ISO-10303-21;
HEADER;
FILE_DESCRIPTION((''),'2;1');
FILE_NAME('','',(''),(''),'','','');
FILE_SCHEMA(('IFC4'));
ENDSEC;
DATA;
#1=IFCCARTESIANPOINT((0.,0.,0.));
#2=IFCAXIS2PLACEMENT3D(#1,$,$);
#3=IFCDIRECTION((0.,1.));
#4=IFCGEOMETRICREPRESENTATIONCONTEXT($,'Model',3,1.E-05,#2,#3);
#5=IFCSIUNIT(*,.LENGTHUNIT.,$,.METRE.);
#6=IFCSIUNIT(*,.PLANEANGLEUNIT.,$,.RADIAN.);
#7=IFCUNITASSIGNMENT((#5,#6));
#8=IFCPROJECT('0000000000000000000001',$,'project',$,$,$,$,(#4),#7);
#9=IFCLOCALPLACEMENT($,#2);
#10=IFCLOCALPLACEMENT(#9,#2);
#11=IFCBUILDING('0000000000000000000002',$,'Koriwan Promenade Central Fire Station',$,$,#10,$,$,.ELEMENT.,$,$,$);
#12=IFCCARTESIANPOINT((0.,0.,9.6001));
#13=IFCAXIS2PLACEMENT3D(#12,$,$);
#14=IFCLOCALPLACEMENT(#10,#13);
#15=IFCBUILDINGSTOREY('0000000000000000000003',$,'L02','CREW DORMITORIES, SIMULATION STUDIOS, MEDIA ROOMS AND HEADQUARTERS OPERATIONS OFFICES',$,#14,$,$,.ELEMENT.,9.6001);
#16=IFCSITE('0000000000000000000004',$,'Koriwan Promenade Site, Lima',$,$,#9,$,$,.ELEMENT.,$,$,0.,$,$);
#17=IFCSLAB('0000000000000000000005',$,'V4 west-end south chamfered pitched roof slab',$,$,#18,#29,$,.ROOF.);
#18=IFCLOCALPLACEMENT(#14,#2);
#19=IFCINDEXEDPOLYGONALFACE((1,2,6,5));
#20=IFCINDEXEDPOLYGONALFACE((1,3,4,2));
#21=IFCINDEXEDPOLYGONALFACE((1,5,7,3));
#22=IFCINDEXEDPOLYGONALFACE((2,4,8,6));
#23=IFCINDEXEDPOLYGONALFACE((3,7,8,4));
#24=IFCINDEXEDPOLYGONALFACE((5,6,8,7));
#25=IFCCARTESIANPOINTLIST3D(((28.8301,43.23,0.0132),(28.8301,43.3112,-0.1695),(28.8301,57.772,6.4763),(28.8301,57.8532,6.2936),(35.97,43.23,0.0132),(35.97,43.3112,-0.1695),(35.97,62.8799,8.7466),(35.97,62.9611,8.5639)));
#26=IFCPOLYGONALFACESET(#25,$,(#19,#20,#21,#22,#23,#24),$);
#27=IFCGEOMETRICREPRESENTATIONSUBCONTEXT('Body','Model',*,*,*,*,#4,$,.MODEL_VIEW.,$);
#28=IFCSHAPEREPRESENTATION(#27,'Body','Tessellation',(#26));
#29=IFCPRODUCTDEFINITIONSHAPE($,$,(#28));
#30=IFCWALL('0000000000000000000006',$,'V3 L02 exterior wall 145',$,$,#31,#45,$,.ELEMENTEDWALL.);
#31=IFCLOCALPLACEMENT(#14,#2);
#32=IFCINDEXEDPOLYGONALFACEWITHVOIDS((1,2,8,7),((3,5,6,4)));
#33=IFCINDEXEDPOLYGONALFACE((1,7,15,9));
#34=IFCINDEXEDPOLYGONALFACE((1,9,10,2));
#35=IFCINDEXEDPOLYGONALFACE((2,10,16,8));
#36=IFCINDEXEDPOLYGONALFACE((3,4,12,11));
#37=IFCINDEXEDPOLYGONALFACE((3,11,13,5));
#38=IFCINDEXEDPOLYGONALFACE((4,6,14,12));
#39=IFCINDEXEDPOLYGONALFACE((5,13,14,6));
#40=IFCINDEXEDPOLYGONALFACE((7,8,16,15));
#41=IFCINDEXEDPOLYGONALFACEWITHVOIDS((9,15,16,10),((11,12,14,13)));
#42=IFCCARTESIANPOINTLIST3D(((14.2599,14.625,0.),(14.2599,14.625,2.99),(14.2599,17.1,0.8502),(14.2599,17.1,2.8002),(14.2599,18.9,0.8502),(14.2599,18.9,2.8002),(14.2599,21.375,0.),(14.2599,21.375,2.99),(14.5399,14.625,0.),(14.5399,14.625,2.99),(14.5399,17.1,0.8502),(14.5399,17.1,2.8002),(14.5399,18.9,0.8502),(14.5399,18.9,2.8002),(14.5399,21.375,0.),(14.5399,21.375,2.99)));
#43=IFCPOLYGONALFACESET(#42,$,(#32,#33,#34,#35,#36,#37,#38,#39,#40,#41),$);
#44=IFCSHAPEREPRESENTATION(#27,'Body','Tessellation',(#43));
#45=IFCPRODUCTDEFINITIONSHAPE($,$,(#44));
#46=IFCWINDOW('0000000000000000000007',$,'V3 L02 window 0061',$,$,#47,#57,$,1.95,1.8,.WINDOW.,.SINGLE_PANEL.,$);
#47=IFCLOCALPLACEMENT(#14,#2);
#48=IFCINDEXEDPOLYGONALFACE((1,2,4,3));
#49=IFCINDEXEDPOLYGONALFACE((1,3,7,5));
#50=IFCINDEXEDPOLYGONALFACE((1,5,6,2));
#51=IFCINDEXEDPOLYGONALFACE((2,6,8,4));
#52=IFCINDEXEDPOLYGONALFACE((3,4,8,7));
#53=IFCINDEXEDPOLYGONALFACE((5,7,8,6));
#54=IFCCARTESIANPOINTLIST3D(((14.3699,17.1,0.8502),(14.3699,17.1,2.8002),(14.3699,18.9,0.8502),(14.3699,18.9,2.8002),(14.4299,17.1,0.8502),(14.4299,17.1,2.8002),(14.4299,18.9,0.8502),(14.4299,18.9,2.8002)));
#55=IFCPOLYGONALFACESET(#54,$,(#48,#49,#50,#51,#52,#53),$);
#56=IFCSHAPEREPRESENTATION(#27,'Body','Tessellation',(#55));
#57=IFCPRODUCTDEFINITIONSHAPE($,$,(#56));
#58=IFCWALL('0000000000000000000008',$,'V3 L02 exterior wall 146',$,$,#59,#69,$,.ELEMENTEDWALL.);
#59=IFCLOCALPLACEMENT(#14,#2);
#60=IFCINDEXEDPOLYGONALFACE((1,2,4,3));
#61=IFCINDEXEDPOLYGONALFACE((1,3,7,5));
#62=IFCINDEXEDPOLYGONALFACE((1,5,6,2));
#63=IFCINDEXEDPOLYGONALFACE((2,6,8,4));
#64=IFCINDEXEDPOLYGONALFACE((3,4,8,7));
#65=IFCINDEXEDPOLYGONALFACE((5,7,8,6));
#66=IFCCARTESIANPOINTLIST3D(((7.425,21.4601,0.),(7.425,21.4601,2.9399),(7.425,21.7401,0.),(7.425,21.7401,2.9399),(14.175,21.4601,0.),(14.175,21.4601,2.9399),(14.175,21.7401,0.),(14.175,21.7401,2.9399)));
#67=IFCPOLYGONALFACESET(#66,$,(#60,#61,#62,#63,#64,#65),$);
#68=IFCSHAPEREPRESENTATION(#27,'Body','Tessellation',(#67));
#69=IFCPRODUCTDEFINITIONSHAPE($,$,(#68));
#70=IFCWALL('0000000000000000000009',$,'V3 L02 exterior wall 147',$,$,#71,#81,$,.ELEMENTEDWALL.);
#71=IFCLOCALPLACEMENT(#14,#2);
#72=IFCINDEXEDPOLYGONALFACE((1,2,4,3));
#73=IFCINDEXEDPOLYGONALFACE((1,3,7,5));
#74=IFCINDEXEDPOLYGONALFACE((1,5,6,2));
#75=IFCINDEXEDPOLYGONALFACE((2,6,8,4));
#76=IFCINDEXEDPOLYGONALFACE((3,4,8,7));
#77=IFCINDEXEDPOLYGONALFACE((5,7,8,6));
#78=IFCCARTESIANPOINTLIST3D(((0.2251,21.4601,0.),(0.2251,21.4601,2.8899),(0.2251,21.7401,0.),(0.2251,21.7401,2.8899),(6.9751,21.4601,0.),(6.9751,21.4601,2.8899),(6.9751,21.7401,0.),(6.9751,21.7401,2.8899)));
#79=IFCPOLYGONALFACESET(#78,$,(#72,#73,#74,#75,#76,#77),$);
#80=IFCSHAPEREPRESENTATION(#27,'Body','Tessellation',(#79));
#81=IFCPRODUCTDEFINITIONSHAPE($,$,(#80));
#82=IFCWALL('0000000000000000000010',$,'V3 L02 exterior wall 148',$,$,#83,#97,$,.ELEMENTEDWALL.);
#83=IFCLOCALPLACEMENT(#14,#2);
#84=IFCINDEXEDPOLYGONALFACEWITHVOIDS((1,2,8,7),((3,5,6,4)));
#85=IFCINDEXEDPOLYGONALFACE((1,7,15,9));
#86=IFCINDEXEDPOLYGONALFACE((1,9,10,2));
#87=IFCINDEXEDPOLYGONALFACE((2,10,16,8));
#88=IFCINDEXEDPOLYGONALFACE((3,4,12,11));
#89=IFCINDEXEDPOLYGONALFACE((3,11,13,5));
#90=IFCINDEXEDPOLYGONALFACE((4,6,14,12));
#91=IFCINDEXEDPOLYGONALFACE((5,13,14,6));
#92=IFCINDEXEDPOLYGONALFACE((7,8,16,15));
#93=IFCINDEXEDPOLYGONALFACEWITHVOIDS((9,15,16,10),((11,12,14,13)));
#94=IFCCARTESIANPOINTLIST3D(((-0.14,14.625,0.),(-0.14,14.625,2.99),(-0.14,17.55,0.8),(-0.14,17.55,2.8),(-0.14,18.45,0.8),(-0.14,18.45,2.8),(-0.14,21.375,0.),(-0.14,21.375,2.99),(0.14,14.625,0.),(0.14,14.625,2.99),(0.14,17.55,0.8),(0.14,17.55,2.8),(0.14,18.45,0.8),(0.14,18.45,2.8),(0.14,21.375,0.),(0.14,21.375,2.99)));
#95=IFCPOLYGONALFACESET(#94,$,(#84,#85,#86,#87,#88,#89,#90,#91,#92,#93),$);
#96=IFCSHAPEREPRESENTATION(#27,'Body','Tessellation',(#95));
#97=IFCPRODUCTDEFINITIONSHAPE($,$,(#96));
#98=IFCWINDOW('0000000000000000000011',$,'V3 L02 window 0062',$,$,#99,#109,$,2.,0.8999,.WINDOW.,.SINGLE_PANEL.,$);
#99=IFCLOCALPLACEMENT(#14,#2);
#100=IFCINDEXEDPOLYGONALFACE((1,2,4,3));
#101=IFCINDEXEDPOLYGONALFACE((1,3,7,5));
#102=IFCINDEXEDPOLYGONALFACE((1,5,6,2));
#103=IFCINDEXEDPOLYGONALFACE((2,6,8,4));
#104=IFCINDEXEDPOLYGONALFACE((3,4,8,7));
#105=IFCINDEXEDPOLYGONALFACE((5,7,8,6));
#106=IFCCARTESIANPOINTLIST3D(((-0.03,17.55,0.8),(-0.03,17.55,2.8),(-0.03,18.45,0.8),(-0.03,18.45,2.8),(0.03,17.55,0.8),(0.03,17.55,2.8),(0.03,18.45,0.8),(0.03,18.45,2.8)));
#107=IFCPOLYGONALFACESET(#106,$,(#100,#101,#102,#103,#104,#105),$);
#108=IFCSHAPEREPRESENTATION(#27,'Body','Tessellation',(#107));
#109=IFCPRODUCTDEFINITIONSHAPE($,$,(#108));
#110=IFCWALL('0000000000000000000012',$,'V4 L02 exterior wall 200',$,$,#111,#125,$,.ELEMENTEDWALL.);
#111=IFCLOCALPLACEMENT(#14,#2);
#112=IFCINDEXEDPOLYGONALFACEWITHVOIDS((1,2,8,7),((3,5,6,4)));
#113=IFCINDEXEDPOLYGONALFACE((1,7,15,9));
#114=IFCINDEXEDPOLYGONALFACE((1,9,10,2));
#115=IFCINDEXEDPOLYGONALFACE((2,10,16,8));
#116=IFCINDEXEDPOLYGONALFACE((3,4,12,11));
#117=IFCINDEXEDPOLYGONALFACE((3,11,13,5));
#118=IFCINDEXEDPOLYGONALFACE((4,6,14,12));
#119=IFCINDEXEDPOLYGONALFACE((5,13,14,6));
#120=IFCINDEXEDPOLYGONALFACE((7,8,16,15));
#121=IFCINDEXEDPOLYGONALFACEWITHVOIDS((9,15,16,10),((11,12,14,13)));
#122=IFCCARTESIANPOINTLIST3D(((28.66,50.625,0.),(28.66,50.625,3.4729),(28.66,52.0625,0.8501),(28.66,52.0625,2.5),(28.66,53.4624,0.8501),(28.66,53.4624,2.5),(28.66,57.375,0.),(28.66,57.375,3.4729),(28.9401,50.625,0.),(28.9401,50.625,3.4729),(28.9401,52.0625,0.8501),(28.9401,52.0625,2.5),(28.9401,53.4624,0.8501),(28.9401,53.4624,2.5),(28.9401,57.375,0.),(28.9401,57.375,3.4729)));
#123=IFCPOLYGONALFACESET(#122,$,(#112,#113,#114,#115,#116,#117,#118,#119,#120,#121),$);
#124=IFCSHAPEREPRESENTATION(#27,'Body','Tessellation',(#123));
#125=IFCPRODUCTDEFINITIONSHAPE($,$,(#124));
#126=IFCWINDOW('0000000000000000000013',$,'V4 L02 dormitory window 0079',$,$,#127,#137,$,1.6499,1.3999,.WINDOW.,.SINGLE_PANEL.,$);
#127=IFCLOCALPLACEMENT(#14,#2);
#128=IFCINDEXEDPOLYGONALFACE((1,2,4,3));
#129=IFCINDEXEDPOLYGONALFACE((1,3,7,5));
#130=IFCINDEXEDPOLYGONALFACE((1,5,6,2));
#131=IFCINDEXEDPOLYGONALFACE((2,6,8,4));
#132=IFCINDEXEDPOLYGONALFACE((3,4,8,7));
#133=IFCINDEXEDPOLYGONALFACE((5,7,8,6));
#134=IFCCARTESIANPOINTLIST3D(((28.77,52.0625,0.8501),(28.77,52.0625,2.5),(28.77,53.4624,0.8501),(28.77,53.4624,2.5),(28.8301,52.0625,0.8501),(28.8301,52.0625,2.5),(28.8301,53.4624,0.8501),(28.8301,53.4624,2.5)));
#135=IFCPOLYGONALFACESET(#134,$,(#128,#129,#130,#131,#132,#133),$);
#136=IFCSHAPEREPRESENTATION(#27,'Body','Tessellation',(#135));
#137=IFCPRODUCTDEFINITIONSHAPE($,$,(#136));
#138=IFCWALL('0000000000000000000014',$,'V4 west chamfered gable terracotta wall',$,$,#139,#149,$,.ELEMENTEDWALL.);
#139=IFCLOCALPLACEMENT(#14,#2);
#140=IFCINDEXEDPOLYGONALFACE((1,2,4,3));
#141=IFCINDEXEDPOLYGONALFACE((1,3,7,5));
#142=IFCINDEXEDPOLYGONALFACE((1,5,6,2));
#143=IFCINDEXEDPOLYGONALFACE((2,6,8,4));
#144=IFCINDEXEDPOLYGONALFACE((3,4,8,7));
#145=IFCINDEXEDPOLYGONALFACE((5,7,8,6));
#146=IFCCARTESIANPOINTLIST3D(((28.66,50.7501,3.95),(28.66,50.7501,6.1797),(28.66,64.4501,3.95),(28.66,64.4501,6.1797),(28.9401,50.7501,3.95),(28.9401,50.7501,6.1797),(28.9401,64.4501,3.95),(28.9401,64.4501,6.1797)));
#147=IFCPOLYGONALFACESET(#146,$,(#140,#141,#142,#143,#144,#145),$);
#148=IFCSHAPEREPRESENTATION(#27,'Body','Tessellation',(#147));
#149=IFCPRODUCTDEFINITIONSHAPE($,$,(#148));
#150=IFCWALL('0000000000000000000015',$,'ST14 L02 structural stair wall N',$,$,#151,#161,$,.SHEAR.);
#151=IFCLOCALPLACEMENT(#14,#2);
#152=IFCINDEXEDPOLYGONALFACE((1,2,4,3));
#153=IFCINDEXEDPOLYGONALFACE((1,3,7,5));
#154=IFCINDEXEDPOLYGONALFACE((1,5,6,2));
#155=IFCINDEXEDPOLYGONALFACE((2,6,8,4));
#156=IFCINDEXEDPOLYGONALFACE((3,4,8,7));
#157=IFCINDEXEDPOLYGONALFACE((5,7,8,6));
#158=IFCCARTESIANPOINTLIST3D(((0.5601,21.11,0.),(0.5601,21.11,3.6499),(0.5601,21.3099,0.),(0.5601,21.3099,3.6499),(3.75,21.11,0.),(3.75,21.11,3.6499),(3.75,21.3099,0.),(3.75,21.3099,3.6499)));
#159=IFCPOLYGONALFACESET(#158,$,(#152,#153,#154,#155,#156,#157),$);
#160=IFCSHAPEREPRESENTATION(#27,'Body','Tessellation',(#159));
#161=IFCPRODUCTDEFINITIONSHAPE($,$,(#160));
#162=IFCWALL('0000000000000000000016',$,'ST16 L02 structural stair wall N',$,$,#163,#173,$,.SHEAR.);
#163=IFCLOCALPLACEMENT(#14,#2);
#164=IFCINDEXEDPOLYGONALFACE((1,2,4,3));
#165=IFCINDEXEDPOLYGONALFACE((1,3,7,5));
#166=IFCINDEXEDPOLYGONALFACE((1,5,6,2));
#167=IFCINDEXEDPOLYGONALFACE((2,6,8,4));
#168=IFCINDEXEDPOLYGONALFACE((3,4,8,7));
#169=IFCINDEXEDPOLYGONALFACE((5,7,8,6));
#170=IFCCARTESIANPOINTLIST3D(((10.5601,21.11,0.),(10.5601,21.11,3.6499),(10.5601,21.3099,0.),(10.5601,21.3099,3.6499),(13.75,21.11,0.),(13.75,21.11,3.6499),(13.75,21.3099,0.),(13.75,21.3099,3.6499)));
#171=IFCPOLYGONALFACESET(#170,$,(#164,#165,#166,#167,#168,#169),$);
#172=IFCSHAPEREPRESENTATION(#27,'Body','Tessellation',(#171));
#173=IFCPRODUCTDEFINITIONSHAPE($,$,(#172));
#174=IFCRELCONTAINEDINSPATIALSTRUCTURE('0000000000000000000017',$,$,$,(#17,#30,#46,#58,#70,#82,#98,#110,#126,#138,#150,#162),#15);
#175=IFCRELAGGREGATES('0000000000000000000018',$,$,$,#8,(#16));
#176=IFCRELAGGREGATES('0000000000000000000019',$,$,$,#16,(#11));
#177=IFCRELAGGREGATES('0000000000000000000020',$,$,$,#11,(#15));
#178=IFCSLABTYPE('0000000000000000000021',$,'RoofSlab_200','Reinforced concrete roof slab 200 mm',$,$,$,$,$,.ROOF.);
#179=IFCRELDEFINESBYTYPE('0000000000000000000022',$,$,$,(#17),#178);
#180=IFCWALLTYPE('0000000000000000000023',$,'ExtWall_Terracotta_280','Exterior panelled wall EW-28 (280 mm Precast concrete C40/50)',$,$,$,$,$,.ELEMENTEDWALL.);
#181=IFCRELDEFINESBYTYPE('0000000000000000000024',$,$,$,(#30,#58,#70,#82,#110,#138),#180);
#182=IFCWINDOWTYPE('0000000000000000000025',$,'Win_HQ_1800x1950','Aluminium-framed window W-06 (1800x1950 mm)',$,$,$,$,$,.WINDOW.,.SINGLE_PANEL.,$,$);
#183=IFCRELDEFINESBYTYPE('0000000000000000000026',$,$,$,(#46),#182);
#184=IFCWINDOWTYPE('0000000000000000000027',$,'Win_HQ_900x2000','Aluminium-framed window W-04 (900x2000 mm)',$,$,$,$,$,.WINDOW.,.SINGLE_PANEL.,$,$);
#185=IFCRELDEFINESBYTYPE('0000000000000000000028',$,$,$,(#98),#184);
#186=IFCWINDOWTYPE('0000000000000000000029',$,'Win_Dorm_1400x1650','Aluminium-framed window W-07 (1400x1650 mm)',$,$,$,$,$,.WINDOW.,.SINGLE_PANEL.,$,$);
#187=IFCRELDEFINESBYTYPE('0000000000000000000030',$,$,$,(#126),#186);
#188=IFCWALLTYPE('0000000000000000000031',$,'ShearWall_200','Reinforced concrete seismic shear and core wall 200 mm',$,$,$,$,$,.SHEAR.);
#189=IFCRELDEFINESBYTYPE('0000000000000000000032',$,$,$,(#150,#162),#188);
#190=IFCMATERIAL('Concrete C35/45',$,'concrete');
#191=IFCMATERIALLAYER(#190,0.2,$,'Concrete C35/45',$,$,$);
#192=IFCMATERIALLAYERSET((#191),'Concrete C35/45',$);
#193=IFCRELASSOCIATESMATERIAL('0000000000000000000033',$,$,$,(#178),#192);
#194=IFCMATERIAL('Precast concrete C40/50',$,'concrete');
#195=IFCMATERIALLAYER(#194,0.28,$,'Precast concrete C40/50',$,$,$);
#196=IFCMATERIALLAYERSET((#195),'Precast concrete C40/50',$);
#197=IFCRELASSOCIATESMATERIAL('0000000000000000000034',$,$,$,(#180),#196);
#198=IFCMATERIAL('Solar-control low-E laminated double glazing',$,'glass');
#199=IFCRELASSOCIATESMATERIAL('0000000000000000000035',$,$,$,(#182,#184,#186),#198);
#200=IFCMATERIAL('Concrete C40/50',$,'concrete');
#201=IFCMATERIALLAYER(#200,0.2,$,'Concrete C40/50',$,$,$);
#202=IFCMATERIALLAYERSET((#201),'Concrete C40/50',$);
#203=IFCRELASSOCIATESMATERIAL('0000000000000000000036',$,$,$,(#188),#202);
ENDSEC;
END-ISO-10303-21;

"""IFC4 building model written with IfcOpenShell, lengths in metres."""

from ifc_helpers import new_model, si_unit, direction, frame, frame_2d, origin, place, context, subcontext, project, spatial, polyline, rectangle, outline, extrude, material, layer, layer_set, type_object, element, fill, save


model = new_model("IFC4")

# Units and contexts
model_context = context("Model", 3, precision=1e-05, world=origin(), true_north=direction((0.0, 1.0)))
body_context = subcontext(model_context, "Body", "Model", "MODEL_VIEW")
ifc_project = project(units=[si_unit("LENGTHUNIT", "METRE"), si_unit("PLANEANGLEUNIT", "RADIAN")], contexts=[model_context])

# Site, building, storey
site_placement = place(None, origin())
site = spatial("IfcSite", under=ifc_project, at=site_placement, Name="Koriwan Promenade Site, Lima", CompositionType="ELEMENT", RefElevation=0.0)
building_placement = place(site_placement, origin())
building = spatial("IfcBuilding", under=site, at=building_placement, Name="Koriwan Promenade Central Fire Station", CompositionType="ELEMENT")
storey_placement = place(building_placement, frame((0.0, 0.0, 9.6001)))
storey = spatial("IfcBuildingStorey", under=building, at=storey_placement, Name="L02", Description="CREW DORMITORIES, SIMULATION STUDIOS, MEDIA ROOMS AND HEADQUARTERS OPERATIONS OFFICES", CompositionType="ELEMENT", Elevation=9.6001)

# Shared definitions
ifc_material_1 = material(Name="Concrete C40/50", Category="concrete")

# Shared definitions
ifc_material_2 = material(Name="Concrete C35/45", Category="concrete")

# Slab
ifc_layer_1 = layer(ifc_material_2, 0.2, Name="Concrete C35/45")
ifc_layer_set_1 = layer_set([ifc_layer_1], Name="Concrete C35/45")
slab_type = type_object("IfcSlabType", Name="RoofSlab_200", Description="Reinforced concrete roof slab 200 mm", PredefinedType="ROOF", material=ifc_layer_set_1)
slab_placement = place(storey_placement, frame((28.8301, 43.23, 0.0132), z_axis=(-0.000004, -0.406141, 0.91381), x_axis=(1.0, -0.000002, 0.000004)))
element("IfcSlab", 1, at=slab_placement, inside=storey, type_object=slab_type, Name="V4 west-end south chamfered pitched roof slab", PredefinedType="ROOF", context=body_context, shape_type="SweptSolid", body=[
    extrude(outline(polyline([(0.0, 0.0), (7.1399, 0.0), (7.1399, 21.5033), (0.0, 15.9136), (0.0, 0.0)])), origin(), (0.0, 0.0, -1.0), 0.2),
])

# Wall, opening, window
ifc_material_3 = material(Name="Precast concrete C40/50", Category="concrete")
ifc_layer_2 = layer(ifc_material_3, 0.28, Name="Precast concrete C40/50")
ifc_layer_set_2 = layer_set([ifc_layer_2], Name="Precast concrete C40/50")
wall_type_1 = type_object("IfcWallType", Name="ExtWall_Terracotta_280", Description="Exterior panelled wall EW-28 (280 mm Precast concrete C40/50)", PredefinedType="ELEMENTEDWALL", material=ifc_layer_set_2)
wall_1_placement = place(storey_placement, frame((14.3999, 14.625, 0.0), z_axis=(0.0, 0.0, 1.0), x_axis=(0.0, 1.0, 0.0)))
wall_1 = element("IfcWall", 2, at=wall_1_placement, inside=storey, type_object=wall_type_1, Name="V3 L02 exterior wall 145", PredefinedType="ELEMENTEDWALL", context=body_context, shape_type="SweptSolid", body=[
    extrude(rectangle(XDim=6.75, YDim=0.28, at=frame_2d((3.375, 0.0))), origin(), (0.0, 0.0, 1.0), 2.99),
])
opening_1_placement = place(wall_1_placement, frame((2.4751, 0.0, 0.8501)))
opening_1 = element("IfcOpeningElement", 3, at=opening_1_placement, cuts=wall_1, PredefinedType="OPENING", context=body_context, shape_type="SweptSolid", body=[
    extrude(rectangle(XDim=1.8, YDim=1.95, at=frame_2d((0.8999, 0.9751))), frame((0.0, 0.1519, 0.0), z_axis=(0.0, -1.0, 0.0), x_axis=(1.0, 0.0, 0.0)), (0.0, 0.0, 1.0), 0.304),
])
ifc_material_4 = material(Name="Solar-control low-E laminated double glazing", Category="glass")
window_type_1 = type_object("IfcWindowType", Name="Win_HQ_1800x1950", Description="Aluminium-framed window W-06 (1800x1950 mm)", PartitioningType="SINGLE_PANEL", PredefinedType="WINDOW", material=ifc_material_4)
window_1_placement = place(opening_1_placement, origin())
window_1 = element("IfcWindow", 4, at=window_1_placement, inside=storey, type_object=window_type_1, Name="V3 L02 window 0061", OverallHeight=1.95, OverallWidth=1.8, PartitioningType="SINGLE_PANEL", PredefinedType="WINDOW", context=body_context, shape_type="SweptSolid", body=[
    extrude(rectangle(XDim=1.8, YDim=1.95, at=frame_2d((0.8999, 0.9751))), frame((0.0, 0.03, 0.0), z_axis=(0.0, -1.0, 0.0), x_axis=(1.0, 0.0, 0.0)), (0.0, 0.0, 1.0), 0.0601),
])
fill(opening_1, window_1)

# Walls
wall_2_placement = place(storey_placement, frame((14.175, 21.6001, 0.0), z_axis=(0.0, 0.0, 1.0), x_axis=(-1.0, 0.0, 0.0)))
element("IfcWall", 5, at=wall_2_placement, inside=storey, type_object=wall_type_1, Name="V3 L02 exterior wall 146", PredefinedType="ELEMENTEDWALL", context=body_context, shape_type="SweptSolid", body=[
    extrude(rectangle(XDim=6.75, YDim=0.28, at=frame_2d((3.375, 0.0))), origin(), (0.0, 0.0, 1.0), 2.9399),
])
wall_3_placement = place(storey_placement, frame((6.9751, 21.6001, 0.0), z_axis=(0.0, 0.0, 1.0), x_axis=(-1.0, 0.0, 0.0)))
element("IfcWall", 6, at=wall_3_placement, inside=storey, type_object=wall_type_1, Name="V3 L02 exterior wall 147", PredefinedType="ELEMENTEDWALL", context=body_context, shape_type="SweptSolid", body=[
    extrude(rectangle(XDim=6.75, YDim=0.28, at=frame_2d((3.375, 0.0))), origin(), (0.0, 0.0, 1.0), 2.8899),
])

# Walls, openings, windows
wall_4_placement = place(storey_placement, frame((0.0, 21.375, 0.0), z_axis=(0.0, 0.0, 1.0), x_axis=(0.0, -1.0, 0.0)))
wall_4 = element("IfcWall", 7, at=wall_4_placement, inside=storey, type_object=wall_type_1, Name="V3 L02 exterior wall 148", PredefinedType="ELEMENTEDWALL", context=body_context, shape_type="SweptSolid", body=[
    extrude(rectangle(XDim=6.75, YDim=0.28, at=frame_2d((3.375, 0.0))), origin(), (0.0, 0.0, 1.0), 2.99),
])
opening_2_placement = place(wall_4_placement, frame((2.925, 0.0, 0.8)))
opening_2 = element("IfcOpeningElement", 8, at=opening_2_placement, cuts=wall_4, PredefinedType="OPENING", context=body_context, shape_type="SweptSolid", body=[
    extrude(rectangle(XDim=0.8999, YDim=2.0, at=frame_2d((0.45, 1.0))), frame((0.0, 0.1519, 0.0), z_axis=(0.0, -1.0, 0.0), x_axis=(1.0, 0.0, 0.0)), (0.0, 0.0, 1.0), 0.304),
])
window_type_2 = type_object("IfcWindowType", Name="Win_HQ_900x2000", Description="Aluminium-framed window W-04 (900x2000 mm)", PartitioningType="SINGLE_PANEL", PredefinedType="WINDOW", material=ifc_material_4)
window_2_placement = place(opening_2_placement, origin())
window_2 = element("IfcWindow", 9, at=window_2_placement, inside=storey, type_object=window_type_2, Name="V3 L02 window 0062", OverallHeight=2.0, OverallWidth=0.8999, PartitioningType="SINGLE_PANEL", PredefinedType="WINDOW", context=body_context, shape_type="SweptSolid", body=[
    extrude(rectangle(XDim=0.8999, YDim=2.0, at=frame_2d((0.45, 1.0))), frame((0.0, 0.03, 0.0), z_axis=(0.0, -1.0, 0.0), x_axis=(1.0, 0.0, 0.0)), (0.0, 0.0, 1.0), 0.0601),
])
fill(opening_2, window_2)
wall_5_placement = place(storey_placement, frame((28.8, 57.375, 0.0), z_axis=(0.0, 0.0, 1.0), x_axis=(0.0, -1.0, 0.0)))
wall_5 = element("IfcWall", 10, at=wall_5_placement, inside=storey, type_object=wall_type_1, Name="V4 L02 exterior wall 200", PredefinedType="ELEMENTEDWALL", context=body_context, shape_type="SweptSolid", body=[
    extrude(rectangle(XDim=6.75, YDim=0.28, at=frame_2d((3.375, 0.0))), origin(), (0.0, 0.0, 1.0), 3.4729),
])
opening_3_placement = place(wall_5_placement, frame((3.9126, 0.0, 0.8501)))
opening_3 = element("IfcOpeningElement", 11, at=opening_3_placement, cuts=wall_5, PredefinedType="OPENING", context=body_context, shape_type="SweptSolid", body=[
    extrude(rectangle(XDim=1.3999, YDim=1.6499, at=frame_2d((0.7, 0.825))), frame((0.0, 0.1519, 0.0), z_axis=(0.0, -1.0, 0.0), x_axis=(1.0, 0.0, 0.0)), (0.0, 0.0, 1.0), 0.304),
])
window_type_3 = type_object("IfcWindowType", Name="Win_Dorm_1400x1650", Description="Aluminium-framed window W-07 (1400x1650 mm)", PartitioningType="SINGLE_PANEL", PredefinedType="WINDOW", material=ifc_material_4)
window_3_placement = place(opening_3_placement, origin())
window_3 = element("IfcWindow", 12, at=window_3_placement, inside=storey, type_object=window_type_3, Name="V4 L02 dormitory window 0079", OverallHeight=1.6499, OverallWidth=1.3999, PartitioningType="SINGLE_PANEL", PredefinedType="WINDOW", context=body_context, shape_type="SweptSolid", body=[
    extrude(rectangle(XDim=1.3999, YDim=1.6499, at=frame_2d((0.7, 0.825))), frame((0.0, 0.03, 0.0), z_axis=(0.0, -1.0, 0.0), x_axis=(1.0, 0.0, 0.0)), (0.0, 0.0, 1.0), 0.0601),
])
fill(opening_3, window_3)

# Walls
wall_6_placement = place(storey_placement, frame((28.8, 50.75, 3.95), z_axis=(0.0, 0.0, 1.0), x_axis=(0.0, 1.0, 0.0)))
element("IfcWall", 13, at=wall_6_placement, inside=storey, type_object=wall_type_1, Name="V4 west chamfered gable terracotta wall", PredefinedType="ELEMENTEDWALL", context=body_context, shape_type="SweptSolid", body=[
    extrude(rectangle(XDim=13.7, YDim=0.28, at=frame_2d((6.8501, 0.0))), origin(), (0.0, 0.0, 1.0), 2.2297),
])
ifc_layer_3 = layer(ifc_material_1, 0.2, Name="Concrete C40/50")
ifc_layer_set_3 = layer_set([ifc_layer_3], Name="Concrete C40/50")
wall_type_2 = type_object("IfcWallType", Name="ShearWall_200", Description="Reinforced concrete seismic shear and core wall 200 mm", PredefinedType="SHEAR", material=ifc_layer_set_3)
for number, where, z_axis, x_axis, name in (
    (14, (0.5601, 21.21, 0.0), (0.0, 0.0, 1.0), (1.0, 0.0, 0.0), "ST14 L02 structural stair wall N"),
    (15, (10.5601, 21.21, 0.0), (0.0, 0.0, 1.0), (1.0, 0.0, 0.0), "ST16 L02 structural stair wall N"),
):
    element("IfcWall", number, at=place(storey_placement, frame(where, z_axis=z_axis, x_axis=x_axis)), inside=storey, type_object=wall_type_2, Name=name, PredefinedType="SHEAR", context=body_context, shape_type="SweptSolid", body=[
        extrude(rectangle(XDim=3.1899, YDim=0.2, at=frame_2d((1.595, 0.0))), origin(), (0.0, 0.0, 1.0), 3.6499),
    ])

save(model, "model.ifc")
